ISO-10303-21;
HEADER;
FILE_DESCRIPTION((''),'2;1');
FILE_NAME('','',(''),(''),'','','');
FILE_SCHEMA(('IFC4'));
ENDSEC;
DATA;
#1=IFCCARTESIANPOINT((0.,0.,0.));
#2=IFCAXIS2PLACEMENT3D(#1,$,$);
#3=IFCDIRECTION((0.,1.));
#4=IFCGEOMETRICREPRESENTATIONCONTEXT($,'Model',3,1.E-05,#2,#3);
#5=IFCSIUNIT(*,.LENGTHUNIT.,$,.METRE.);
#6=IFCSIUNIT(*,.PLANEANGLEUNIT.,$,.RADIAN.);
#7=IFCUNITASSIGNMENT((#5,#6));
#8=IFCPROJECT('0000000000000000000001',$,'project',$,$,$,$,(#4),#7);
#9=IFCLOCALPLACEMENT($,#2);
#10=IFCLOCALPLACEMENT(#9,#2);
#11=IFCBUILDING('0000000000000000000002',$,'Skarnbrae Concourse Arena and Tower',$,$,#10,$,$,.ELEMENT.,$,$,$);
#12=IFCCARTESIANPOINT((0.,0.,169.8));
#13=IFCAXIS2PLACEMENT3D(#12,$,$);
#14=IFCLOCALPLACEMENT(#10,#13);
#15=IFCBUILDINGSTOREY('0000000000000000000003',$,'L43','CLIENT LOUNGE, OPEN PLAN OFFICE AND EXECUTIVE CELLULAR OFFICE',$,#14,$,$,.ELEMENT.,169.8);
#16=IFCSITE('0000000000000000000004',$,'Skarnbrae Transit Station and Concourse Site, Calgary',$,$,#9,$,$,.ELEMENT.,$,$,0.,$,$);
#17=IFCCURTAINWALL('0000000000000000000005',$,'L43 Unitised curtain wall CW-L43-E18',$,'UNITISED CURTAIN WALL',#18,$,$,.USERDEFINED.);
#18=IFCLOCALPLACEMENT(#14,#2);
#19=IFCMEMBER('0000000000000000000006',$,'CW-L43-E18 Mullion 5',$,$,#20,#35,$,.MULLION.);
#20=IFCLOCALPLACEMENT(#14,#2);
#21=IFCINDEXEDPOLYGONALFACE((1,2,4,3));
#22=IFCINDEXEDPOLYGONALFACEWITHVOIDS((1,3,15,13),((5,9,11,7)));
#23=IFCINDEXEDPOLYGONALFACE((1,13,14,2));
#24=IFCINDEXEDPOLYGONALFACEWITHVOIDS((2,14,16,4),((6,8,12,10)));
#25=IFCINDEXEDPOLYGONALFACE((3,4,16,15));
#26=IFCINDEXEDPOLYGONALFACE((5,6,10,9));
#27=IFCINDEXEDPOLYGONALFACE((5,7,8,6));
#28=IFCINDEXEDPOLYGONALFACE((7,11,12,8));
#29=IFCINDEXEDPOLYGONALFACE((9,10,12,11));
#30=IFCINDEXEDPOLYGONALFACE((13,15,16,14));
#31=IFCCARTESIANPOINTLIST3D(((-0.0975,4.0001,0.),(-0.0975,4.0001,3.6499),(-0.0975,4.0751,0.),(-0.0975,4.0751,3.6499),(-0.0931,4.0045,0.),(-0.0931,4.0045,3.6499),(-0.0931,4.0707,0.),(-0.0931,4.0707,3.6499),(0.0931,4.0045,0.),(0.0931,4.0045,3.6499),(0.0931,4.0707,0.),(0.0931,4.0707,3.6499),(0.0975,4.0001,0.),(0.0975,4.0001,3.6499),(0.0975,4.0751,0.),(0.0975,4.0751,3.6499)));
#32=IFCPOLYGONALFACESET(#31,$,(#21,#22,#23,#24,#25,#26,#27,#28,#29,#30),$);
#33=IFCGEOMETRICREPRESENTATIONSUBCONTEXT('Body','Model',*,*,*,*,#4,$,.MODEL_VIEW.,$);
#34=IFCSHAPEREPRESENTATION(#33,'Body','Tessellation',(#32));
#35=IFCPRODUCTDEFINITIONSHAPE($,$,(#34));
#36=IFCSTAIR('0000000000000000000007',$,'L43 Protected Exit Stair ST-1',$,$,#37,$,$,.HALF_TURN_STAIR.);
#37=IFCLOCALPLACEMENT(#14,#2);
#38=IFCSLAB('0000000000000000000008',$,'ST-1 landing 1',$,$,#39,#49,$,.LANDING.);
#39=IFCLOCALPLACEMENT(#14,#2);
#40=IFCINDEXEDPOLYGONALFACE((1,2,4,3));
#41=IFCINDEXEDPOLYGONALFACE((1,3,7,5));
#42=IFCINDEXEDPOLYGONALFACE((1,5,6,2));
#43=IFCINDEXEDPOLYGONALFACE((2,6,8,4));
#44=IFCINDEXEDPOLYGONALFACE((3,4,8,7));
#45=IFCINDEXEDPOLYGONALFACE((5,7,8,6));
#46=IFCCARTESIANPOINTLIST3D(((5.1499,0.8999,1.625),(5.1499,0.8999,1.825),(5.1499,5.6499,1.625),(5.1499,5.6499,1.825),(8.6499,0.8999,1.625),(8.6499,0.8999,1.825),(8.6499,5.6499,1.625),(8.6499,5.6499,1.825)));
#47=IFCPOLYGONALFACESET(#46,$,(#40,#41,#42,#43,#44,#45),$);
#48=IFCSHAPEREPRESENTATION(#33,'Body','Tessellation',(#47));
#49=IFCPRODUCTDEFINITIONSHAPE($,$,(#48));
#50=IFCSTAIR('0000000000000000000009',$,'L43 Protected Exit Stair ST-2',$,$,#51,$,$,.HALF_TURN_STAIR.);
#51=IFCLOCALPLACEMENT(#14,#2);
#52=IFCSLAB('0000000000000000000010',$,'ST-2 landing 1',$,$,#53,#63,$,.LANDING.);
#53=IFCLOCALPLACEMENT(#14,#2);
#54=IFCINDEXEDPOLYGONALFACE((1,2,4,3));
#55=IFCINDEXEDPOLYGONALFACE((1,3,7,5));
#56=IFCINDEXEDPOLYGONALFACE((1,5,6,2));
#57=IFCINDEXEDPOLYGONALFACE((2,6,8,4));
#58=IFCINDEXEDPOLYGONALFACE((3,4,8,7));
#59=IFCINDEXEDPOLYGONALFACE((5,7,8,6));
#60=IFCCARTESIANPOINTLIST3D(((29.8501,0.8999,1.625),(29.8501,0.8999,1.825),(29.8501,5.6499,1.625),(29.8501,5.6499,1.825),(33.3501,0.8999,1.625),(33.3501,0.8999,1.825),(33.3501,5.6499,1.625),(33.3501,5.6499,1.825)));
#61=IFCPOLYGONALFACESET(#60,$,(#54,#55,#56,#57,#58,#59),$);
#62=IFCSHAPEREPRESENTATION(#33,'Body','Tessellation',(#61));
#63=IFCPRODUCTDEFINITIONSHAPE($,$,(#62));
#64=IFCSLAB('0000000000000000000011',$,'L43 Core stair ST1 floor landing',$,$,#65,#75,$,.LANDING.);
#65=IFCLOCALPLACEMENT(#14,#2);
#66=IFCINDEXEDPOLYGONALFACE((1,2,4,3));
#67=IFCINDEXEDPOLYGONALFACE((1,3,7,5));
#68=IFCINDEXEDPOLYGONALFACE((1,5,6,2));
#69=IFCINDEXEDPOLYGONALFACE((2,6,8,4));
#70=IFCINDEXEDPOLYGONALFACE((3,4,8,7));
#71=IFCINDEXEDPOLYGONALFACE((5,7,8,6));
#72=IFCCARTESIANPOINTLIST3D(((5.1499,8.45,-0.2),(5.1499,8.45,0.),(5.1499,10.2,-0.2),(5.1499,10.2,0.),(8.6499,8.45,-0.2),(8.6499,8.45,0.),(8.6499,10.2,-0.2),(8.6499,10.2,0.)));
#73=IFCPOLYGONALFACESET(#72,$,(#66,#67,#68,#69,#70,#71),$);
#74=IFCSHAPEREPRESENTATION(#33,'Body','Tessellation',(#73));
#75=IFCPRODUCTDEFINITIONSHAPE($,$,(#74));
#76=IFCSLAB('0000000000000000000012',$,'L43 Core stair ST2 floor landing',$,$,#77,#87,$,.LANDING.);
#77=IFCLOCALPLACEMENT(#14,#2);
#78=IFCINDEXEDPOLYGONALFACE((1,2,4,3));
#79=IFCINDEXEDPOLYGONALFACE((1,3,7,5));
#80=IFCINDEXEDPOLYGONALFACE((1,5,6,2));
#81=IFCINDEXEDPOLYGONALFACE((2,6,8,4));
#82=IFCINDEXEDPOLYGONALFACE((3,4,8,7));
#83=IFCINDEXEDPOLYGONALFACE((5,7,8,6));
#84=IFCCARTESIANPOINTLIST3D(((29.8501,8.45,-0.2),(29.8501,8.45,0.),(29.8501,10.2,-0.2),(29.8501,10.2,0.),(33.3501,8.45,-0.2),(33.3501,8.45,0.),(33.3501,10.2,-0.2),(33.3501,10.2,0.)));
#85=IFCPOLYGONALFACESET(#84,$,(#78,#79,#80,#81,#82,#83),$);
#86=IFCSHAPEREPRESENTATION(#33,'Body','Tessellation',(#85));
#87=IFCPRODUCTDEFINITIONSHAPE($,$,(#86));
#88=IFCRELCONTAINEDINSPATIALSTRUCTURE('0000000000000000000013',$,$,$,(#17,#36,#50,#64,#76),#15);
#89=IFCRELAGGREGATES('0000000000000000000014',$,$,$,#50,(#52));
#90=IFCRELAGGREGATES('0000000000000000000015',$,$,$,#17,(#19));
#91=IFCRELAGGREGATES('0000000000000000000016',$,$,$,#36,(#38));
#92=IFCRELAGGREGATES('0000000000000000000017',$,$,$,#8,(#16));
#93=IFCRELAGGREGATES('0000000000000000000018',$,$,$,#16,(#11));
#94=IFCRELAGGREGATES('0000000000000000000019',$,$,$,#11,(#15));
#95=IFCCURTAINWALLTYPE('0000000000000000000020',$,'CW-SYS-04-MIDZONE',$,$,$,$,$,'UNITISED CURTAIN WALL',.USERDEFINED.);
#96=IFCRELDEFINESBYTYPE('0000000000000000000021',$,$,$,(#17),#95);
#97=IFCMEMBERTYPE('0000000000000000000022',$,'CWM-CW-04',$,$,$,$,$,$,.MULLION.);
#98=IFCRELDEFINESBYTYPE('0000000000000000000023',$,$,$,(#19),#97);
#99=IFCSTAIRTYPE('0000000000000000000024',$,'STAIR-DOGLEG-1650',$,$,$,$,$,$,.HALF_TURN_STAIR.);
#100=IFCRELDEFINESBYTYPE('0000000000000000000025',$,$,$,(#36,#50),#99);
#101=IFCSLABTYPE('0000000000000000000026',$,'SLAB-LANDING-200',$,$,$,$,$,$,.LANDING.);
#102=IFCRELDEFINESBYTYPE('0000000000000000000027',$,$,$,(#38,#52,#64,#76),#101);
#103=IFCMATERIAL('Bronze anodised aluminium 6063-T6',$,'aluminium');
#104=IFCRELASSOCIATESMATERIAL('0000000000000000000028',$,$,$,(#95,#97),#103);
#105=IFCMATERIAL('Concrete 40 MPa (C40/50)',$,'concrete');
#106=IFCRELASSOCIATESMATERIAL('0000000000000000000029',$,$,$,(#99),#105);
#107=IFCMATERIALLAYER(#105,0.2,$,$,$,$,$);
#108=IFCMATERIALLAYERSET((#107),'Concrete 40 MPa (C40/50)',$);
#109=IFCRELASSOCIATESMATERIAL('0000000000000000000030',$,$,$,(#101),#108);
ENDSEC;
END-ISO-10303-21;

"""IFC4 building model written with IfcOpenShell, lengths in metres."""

from ifc_helpers import new_model, si_unit, direction, frame, origin, origin_2d, place, context, subcontext, project, spatial, polyline, hollow_rectangle, outline, extrude, source, transform, mapped, material, layer, layer_set, material_profile, profile_set, type_object, element, aggregate, save


model = new_model("IFC4")

# Units and contexts
model_context = context("Model", 3, precision=1e-05, world=origin(), true_north=direction((0.0, 1.0)))
body_context = subcontext(model_context, "Body", "Model", "MODEL_VIEW")
ifc_project = project(units=[si_unit("LENGTHUNIT", "METRE"), si_unit("PLANEANGLEUNIT", "RADIAN")], contexts=[model_context])

# Site, building, storey
site_placement = place(None, origin())
site = spatial("IfcSite", under=ifc_project, at=site_placement, Name="Skarnbrae Transit Station and Concourse Site, Calgary", CompositionType="ELEMENT", RefElevation=0.0)
building_placement = place(site_placement, origin())
building = spatial("IfcBuilding", under=site, at=building_placement, Name="Skarnbrae Concourse Arena and Tower", CompositionType="ELEMENT")
storey_placement = place(building_placement, frame((0.0, 0.0, 169.8)))
storey = spatial("IfcBuildingStorey", under=building, at=storey_placement, Name="L43", Description="CLIENT LOUNGE, OPEN PLAN OFFICE AND EXECUTIVE CELLULAR OFFICE", CompositionType="ELEMENT", Elevation=169.8)

# Curtain wall, member
ifc_material_1 = material(Name="Bronze anodised aluminium 6063-T6", Category="aluminium")
curtain_wall_type = type_object("IfcCurtainWallType", Name="CW-SYS-04-MIDZONE", ElementType="UNITISED CURTAIN WALL", PredefinedType="USERDEFINED", material=ifc_material_1)
curtain_wall_placement = place(storey_placement, origin())
curtain_wall = element("IfcCurtainWall", 1, at=curtain_wall_placement, inside=storey, type_object=curtain_wall_type, Name="L43 Unitised curtain wall CW-L43-E18", ObjectType="UNITISED CURTAIN WALL", PredefinedType="USERDEFINED")
ifc_material_profile = material_profile(ifc_material_1, hollow_rectangle(XDim=0.075, YDim=0.1951, WallThickness=0.0044, at=origin_2d()), Name="ALU-MULL-75X195")
ifc_profile_set = profile_set([ifc_material_profile], Name="Bronze anodised aluminium 6063-T6")
member_type = type_object("IfcMemberType", Name="CWM-CW-04", PredefinedType="MULLION", material=ifc_profile_set)
shared_shape_1 = source(origin(), body_context, "Body", "SweptSolid", [
    extrude(hollow_rectangle(XDim=0.075, YDim=0.1951, WallThickness=0.0044, at=origin_2d()), origin(), (0.0, 0.0, 1.0), 3.6499),
])
member_placement = place(storey_placement, frame((0.0, 4.0376, 0.0), z_axis=(0.0, 0.0, 1.0), x_axis=(0.0, -1.0, 0.0)))
member = element("IfcMember", 2, at=member_placement, type_object=member_type, Name="CW-L43-E18 Mullion 5", PredefinedType="MULLION", context=body_context, shape_type="MappedRepresentation", body=[
    mapped(shared_shape_1, transform((0.0, 0.0, 0.0))),
])

# Stairs, slabs
ifc_material_2 = material(Name="Concrete 40 MPa (C40/50)", Category="concrete")
stair_type = type_object("IfcStairType", Name="STAIR-DOGLEG-1650", PredefinedType="HALF_TURN_STAIR", material=ifc_material_2)
stair_1_placement = place(storey_placement, origin())
stair_1 = element("IfcStair", 3, at=stair_1_placement, inside=storey, type_object=stair_type, Name="L43 Protected Exit Stair ST-1", PredefinedType="HALF_TURN_STAIR")
ifc_layer_1 = layer(ifc_material_2, 0.2)
ifc_layer_set_1 = layer_set([ifc_layer_1], Name="Concrete 40 MPa (C40/50)")
slab_type_1 = type_object("IfcSlabType", Name="SLAB-LANDING-200", PredefinedType="LANDING", material=ifc_layer_set_1)
slab_1_placement = place(storey_placement, frame((0.0, 0.0, 1.625)))
slab_1 = element("IfcSlab", 4, at=slab_1_placement, type_object=slab_type_1, Name="ST-1 landing 1", PredefinedType="LANDING", context=body_context, shape_type="SweptSolid", body=[
    extrude(outline(polyline([(5.1499, 5.6499), (5.1499, 0.8999), (8.6499, 0.8999), (8.6499, 5.6499), (5.1499, 5.6499)])), origin(), (0.0, 0.0, 1.0), 0.2),
])
stair_2_placement = place(storey_placement, origin())
stair_2 = element("IfcStair", 5, at=stair_2_placement, inside=storey, type_object=stair_type, Name="L43 Protected Exit Stair ST-2", PredefinedType="HALF_TURN_STAIR")
slab_2_placement = place(storey_placement, frame((0.0, 0.0, 1.625)))
slab_2 = element("IfcSlab", 6, at=slab_2_placement, type_object=slab_type_1, Name="ST-2 landing 1", PredefinedType="LANDING", context=body_context, shape_type="SweptSolid", body=[
    extrude(outline(polyline([(29.8501, 5.6499), (29.8501, 0.8999), (33.3501, 0.8999), (33.3501, 5.6499), (29.8501, 5.6499)])), origin(), (0.0, 0.0, 1.0), 0.2),
])
aggregate(stair_2, [slab_2])

# Slabs
slab_3_placement = place(storey_placement, frame((0.0, 0.0, -0.2)))
element("IfcSlab", 7, at=slab_3_placement, inside=storey, type_object=slab_type_1, Name="L43 Core stair ST1 floor landing", PredefinedType="LANDING", context=body_context, shape_type="SweptSolid", body=[
    extrude(outline(polyline([(5.1499, 10.2), (5.1499, 8.45), (8.6499, 8.45), (8.6499, 10.2), (5.1499, 10.2)])), origin(), (0.0, 0.0, 1.0), 0.2),
])
slab_4_placement = place(storey_placement, frame((0.0, 0.0, -0.2)))
element("IfcSlab", 8, at=slab_4_placement, inside=storey, type_object=slab_type_1, Name="L43 Core stair ST2 floor landing", PredefinedType="LANDING", context=body_context, shape_type="SweptSolid", body=[
    extrude(outline(polyline([(29.8501, 10.2), (29.8501, 8.45), (33.3501, 8.45), (33.3501, 10.2), (29.8501, 10.2)])), origin(), (0.0, 0.0, 1.0), 0.2),
])

aggregate(curtain_wall, [member])

aggregate(stair_1, [slab_1])

save(model, "model.ifc")
